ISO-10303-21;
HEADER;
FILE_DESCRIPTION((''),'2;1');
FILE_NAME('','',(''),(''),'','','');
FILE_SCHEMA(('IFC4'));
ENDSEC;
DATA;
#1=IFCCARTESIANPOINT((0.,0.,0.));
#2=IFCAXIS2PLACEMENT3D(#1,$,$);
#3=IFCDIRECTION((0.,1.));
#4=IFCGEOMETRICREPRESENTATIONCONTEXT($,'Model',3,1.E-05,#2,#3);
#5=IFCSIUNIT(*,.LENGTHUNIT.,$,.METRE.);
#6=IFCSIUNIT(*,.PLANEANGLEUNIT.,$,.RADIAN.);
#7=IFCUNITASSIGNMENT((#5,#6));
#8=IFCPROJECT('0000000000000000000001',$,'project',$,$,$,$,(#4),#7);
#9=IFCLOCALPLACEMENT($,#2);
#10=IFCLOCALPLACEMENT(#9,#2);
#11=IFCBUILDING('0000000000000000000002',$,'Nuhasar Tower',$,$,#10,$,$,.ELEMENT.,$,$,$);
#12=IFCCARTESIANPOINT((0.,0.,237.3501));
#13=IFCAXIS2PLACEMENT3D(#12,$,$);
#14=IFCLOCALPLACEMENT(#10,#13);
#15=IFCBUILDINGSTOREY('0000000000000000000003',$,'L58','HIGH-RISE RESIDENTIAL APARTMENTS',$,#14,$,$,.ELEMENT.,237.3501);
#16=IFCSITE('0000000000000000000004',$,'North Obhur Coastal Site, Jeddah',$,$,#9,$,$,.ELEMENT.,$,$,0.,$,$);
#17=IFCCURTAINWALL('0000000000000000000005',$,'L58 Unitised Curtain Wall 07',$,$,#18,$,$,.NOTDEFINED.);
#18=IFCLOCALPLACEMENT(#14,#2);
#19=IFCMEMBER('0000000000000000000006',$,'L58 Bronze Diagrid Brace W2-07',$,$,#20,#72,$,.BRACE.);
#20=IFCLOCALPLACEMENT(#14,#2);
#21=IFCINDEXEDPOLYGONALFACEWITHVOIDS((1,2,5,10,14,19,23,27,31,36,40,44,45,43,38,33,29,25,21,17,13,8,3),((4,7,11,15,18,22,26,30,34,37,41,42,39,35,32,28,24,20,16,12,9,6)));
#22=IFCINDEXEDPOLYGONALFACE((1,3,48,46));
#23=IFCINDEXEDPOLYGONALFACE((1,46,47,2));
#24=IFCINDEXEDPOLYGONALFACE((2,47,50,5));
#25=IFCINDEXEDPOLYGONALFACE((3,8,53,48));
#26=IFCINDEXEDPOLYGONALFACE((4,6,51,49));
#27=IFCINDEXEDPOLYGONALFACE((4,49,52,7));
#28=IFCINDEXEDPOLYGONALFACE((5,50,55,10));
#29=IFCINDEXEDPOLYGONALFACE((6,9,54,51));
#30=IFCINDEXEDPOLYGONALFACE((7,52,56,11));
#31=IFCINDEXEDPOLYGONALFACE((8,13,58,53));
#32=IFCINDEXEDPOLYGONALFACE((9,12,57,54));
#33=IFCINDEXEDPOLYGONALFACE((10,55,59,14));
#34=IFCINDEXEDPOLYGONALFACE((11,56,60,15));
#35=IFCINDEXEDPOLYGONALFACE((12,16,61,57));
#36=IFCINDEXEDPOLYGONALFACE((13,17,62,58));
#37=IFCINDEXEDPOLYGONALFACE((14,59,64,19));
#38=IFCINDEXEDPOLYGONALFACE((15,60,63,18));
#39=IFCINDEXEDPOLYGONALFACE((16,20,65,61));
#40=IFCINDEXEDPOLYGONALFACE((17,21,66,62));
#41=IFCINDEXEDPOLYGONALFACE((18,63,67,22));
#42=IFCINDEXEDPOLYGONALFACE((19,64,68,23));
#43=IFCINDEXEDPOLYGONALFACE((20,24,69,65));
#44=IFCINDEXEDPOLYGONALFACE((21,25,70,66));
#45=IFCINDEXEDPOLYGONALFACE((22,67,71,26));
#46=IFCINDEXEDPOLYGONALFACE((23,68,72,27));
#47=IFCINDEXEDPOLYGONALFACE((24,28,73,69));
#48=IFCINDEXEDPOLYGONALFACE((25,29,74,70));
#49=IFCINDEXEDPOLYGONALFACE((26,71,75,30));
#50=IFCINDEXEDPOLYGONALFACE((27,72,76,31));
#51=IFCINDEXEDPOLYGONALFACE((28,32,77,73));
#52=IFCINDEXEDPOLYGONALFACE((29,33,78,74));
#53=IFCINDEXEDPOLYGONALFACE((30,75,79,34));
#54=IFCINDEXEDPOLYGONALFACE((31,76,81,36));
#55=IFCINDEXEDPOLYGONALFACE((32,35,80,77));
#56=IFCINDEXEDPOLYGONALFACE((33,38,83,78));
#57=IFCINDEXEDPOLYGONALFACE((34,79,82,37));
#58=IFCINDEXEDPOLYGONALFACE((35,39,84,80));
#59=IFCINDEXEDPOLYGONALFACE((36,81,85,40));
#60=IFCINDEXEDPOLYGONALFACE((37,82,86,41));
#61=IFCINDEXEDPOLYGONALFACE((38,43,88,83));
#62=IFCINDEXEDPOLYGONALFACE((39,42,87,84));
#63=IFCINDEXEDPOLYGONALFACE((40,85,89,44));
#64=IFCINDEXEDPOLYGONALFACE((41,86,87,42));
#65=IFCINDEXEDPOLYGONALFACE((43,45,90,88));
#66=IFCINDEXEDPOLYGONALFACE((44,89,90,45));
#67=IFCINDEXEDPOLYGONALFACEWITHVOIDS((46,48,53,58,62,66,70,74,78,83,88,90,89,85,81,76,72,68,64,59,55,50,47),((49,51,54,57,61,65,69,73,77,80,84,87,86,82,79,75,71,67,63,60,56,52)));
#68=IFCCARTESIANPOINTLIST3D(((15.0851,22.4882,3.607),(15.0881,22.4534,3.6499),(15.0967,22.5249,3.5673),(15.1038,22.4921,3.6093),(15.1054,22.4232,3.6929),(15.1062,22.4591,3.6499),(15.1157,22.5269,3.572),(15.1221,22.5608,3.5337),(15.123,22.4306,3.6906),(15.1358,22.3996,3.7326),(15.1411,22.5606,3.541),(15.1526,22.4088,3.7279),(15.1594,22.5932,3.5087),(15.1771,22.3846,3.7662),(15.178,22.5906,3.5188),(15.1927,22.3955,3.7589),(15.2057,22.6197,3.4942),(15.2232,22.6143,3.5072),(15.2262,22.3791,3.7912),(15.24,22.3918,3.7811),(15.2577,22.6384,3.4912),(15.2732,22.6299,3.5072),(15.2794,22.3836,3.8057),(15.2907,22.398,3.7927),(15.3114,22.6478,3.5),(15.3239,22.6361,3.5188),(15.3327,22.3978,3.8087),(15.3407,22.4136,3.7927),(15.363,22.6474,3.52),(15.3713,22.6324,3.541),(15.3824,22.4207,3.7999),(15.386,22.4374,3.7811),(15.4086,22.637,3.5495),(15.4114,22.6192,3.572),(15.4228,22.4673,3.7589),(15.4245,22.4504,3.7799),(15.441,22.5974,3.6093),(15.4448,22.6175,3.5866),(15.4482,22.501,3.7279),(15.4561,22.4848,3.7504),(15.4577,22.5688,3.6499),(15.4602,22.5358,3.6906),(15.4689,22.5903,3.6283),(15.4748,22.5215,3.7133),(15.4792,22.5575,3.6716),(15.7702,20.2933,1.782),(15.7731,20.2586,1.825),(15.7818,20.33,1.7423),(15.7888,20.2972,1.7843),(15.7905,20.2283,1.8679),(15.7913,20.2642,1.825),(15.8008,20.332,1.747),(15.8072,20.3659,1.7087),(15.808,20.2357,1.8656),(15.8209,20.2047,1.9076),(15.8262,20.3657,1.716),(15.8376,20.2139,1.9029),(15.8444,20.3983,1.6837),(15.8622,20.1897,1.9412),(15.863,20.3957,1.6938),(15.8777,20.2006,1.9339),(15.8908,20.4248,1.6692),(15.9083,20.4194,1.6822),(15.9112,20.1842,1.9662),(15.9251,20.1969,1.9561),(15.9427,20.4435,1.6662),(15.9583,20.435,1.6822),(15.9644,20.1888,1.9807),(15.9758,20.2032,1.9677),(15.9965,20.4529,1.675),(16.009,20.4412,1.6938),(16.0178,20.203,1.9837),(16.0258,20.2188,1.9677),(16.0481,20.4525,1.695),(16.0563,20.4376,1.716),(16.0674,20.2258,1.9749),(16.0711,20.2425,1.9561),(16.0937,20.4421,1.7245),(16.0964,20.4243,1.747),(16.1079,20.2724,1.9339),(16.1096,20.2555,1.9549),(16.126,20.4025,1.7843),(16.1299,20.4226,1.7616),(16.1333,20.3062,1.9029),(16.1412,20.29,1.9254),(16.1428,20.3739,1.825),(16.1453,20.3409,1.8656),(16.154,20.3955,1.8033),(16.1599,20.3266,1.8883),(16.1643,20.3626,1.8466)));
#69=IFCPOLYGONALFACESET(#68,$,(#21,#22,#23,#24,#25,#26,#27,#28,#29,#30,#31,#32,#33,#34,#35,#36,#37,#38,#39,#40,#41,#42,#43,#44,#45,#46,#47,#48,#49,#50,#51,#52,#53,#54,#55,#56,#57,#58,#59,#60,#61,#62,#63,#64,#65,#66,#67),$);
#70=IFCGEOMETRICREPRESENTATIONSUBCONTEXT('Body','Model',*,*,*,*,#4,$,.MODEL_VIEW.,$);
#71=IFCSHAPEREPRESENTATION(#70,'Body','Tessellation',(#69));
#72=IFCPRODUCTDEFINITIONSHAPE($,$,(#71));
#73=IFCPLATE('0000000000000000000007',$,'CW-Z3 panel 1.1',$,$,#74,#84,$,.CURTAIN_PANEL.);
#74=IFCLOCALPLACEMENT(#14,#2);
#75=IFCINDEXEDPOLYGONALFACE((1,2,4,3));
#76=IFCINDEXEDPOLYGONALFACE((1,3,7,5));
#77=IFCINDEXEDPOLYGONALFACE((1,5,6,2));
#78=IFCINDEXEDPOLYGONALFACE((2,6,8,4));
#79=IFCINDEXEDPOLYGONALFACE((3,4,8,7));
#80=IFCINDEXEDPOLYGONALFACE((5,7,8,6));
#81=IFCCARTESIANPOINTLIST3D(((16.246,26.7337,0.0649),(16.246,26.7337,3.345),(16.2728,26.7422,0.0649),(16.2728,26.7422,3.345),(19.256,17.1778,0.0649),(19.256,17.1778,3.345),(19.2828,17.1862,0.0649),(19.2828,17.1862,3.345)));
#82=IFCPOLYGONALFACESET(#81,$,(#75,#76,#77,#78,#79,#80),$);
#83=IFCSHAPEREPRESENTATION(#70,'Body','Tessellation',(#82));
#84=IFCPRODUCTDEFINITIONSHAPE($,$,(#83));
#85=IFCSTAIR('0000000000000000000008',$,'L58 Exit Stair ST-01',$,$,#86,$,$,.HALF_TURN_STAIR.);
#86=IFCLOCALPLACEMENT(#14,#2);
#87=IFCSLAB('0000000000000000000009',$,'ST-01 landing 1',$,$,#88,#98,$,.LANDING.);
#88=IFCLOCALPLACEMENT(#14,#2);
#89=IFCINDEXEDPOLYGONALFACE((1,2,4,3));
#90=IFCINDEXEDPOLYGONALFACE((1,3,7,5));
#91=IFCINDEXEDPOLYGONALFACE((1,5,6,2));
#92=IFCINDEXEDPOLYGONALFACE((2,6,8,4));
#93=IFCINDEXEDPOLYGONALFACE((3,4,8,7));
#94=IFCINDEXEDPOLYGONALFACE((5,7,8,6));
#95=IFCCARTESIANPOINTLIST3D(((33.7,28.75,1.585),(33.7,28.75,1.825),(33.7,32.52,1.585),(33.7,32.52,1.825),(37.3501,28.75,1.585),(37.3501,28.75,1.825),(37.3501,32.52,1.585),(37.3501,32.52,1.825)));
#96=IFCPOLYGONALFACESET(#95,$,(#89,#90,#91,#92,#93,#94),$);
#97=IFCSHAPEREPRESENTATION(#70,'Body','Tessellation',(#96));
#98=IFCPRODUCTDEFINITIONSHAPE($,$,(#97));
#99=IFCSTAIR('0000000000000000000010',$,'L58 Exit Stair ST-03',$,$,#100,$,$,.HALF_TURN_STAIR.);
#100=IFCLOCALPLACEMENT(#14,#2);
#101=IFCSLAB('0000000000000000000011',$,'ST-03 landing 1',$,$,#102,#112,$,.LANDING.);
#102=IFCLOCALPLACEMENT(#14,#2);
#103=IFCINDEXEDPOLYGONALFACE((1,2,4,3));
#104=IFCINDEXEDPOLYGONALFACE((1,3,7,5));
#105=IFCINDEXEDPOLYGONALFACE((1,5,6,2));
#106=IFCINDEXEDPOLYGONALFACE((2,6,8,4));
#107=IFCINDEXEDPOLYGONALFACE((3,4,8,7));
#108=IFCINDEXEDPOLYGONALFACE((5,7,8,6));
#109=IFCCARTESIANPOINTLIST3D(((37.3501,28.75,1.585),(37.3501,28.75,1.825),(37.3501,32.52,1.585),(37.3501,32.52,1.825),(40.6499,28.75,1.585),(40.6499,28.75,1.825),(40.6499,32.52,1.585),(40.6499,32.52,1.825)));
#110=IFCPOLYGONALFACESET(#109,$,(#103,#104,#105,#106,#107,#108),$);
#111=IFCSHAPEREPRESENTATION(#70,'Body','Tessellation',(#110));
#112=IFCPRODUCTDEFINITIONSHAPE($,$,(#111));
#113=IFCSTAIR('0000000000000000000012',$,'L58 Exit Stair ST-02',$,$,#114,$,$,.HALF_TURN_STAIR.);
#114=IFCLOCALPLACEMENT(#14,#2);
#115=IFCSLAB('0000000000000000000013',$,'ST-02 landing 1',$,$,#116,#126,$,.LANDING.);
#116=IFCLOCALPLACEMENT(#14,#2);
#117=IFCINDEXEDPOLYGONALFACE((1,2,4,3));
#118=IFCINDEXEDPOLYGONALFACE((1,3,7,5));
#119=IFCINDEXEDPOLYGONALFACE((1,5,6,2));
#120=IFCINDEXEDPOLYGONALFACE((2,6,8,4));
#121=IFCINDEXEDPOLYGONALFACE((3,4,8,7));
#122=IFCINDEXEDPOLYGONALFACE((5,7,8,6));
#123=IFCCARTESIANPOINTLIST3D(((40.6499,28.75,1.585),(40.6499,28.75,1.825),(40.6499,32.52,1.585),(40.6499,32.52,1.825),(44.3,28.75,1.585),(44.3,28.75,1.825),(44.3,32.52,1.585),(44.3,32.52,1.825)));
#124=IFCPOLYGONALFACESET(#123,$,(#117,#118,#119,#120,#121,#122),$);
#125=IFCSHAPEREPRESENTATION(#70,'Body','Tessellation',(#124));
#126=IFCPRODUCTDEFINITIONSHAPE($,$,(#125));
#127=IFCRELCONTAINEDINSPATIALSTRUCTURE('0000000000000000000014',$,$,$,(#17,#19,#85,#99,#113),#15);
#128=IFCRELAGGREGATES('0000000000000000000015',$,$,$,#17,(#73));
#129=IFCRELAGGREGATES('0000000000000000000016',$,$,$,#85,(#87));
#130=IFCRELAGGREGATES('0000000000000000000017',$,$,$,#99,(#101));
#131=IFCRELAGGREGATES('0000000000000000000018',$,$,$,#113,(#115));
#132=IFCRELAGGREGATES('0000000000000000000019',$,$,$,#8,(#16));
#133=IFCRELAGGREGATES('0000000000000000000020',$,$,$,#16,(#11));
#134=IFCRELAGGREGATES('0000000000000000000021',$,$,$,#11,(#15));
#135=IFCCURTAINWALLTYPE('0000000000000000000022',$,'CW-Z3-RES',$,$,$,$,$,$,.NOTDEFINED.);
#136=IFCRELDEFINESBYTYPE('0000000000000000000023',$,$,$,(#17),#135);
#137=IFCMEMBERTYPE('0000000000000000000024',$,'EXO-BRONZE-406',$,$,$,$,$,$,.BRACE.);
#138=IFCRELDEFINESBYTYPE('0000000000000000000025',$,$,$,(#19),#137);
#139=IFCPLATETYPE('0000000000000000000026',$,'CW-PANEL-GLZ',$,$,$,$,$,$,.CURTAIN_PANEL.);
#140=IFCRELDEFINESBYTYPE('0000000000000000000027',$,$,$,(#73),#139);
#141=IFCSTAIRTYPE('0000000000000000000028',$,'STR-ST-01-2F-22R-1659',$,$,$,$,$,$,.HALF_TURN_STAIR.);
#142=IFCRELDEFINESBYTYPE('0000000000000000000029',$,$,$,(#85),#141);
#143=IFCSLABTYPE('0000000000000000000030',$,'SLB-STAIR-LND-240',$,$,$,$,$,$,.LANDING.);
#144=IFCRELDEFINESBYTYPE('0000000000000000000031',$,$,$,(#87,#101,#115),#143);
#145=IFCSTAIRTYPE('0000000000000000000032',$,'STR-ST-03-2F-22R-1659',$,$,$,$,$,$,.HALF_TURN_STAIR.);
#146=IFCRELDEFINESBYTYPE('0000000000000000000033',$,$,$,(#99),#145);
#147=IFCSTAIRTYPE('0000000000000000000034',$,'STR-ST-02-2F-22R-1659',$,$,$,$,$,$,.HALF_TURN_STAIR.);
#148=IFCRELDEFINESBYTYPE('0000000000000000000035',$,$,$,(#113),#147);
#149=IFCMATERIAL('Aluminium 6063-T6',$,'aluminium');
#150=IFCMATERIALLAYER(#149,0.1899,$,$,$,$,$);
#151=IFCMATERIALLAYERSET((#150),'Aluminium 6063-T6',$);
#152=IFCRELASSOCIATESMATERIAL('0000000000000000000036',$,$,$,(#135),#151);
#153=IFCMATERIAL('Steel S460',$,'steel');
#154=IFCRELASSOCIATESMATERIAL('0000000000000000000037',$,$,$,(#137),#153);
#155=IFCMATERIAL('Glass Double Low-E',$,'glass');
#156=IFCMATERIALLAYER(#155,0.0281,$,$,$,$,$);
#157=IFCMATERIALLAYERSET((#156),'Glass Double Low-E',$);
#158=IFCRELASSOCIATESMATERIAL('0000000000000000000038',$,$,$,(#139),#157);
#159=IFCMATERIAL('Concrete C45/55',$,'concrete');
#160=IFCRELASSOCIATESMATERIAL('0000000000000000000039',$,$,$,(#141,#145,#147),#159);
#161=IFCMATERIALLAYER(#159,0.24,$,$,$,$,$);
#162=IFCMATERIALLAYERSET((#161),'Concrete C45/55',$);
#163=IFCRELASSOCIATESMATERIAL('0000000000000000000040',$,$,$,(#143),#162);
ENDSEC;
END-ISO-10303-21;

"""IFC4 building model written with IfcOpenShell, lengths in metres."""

from ifc_helpers import new_model, si_unit, direction, frame, origin, origin_2d, place, context, subcontext, project, spatial, polyline, rectangle, hollow_circle, outline, extrude, material, layer, layer_set, material_profile, profile_set, type_object, element, aggregate, save


model = new_model("IFC4")

# Units and contexts
model_context = context("Model", 3, precision=1e-05, world=origin(), true_north=direction((0.0, 1.0)))
body_context = subcontext(model_context, "Body", "Model", "MODEL_VIEW")
ifc_project = project(units=[si_unit("LENGTHUNIT", "METRE"), si_unit("PLANEANGLEUNIT", "RADIAN")], contexts=[model_context])

# Site, building, storey
site_placement = place(None, origin())
site = spatial("IfcSite", under=ifc_project, at=site_placement, Name="North Obhur Coastal Site, Jeddah", CompositionType="ELEMENT", RefElevation=0.0)
building_placement = place(site_placement, origin())
building = spatial("IfcBuilding", under=site, at=building_placement, Name="Nuhasar Tower", CompositionType="ELEMENT")
storey_placement = place(building_placement, frame((0.0, 0.0, 237.3501)))
storey = spatial("IfcBuildingStorey", under=building, at=storey_placement, Name="L58", Description="HIGH-RISE RESIDENTIAL APARTMENTS", CompositionType="ELEMENT", Elevation=237.3501)

# Curtain wall
ifc_material_1 = material(Name="Aluminium 6063-T6", Category="aluminium")
ifc_layer_1 = layer(ifc_material_1, 0.1899)
ifc_layer_set_1 = layer_set([ifc_layer_1], Name="Aluminium 6063-T6")
curtain_wall_type = type_object("IfcCurtainWallType", Name="CW-Z3-RES", PredefinedType="NOTDEFINED", material=ifc_layer_set_1)
curtain_wall_1_placement = place(storey_placement, origin())
curtain_wall_1 = element("IfcCurtainWall", 1, at=curtain_wall_1_placement, inside=storey, type_object=curtain_wall_type, Name="L58 Unitised Curtain Wall 07", PredefinedType="NOTDEFINED")

# Member
ifc_material_2 = material(Name="Steel S460", Category="steel")
ifc_material_profile_1 = material_profile(ifc_material_2, hollow_circle(Radius=0.2031, WallThickness=0.019, at=origin_2d()), Name="HSS406.4X19.1")
ifc_profile_set_1 = profile_set([ifc_material_profile_1], Name="Steel S460")
member_type_1 = type_object("IfcMemberType", Name="EXO-BRONZE-406", PredefinedType="BRACE", material=ifc_profile_set_1)
for number, where, z_axis, x_axis, name in (
    (2, (15.967, 20.3191, 1.825), (-0.233372, 0.74769, 0.621689), (-0.954582, -0.297948, 0.0), "L58 Bronze Diagrid Brace W2-07"),
):
    element("IfcMember", number, at=place(storey_placement, frame(where, z_axis=z_axis, x_axis=x_axis)), inside=storey, type_object=member_type_1, Name=name, PredefinedType="BRACE", context=body_context, shape_type="SweptSolid", body=[
        extrude(hollow_circle(Radius=0.2031, WallThickness=0.019, at=origin_2d()), origin(), (0.0, 0.0, 1.0), 2.9355),
    ])

# Plate
ifc_material_3 = material(Name="Glass Double Low-E", Category="glass")
ifc_layer_2 = layer(ifc_material_3, 0.0281)
ifc_layer_set_2 = layer_set([ifc_layer_2], Name="Glass Double Low-E")
plate_type = type_object("IfcPlateType", Name="CW-PANEL-GLZ", PredefinedType="CURTAIN_PANEL", material=ifc_layer_set_2)
plate_placement = place(storey_placement, frame((17.7644, 21.96, 0.0649), z_axis=(0.0, 0.0, 1.0), x_axis=(0.300429, -0.953804, 0.0)))
plate = element("IfcPlate", 3, at=plate_placement, type_object=plate_type, Name="CW-Z3 panel 1.1", PredefinedType="CURTAIN_PANEL", context=body_context, shape_type="SweptSolid", body=[
    extrude(rectangle(XDim=10.0188, YDim=0.0281, at=origin_2d()), origin(), (0.0, 0.0, 1.0), 3.28),
])
aggregate(curtain_wall_1, [plate])

# Stairs, slabs
ifc_material_4 = material(Name="Concrete C45/55", Category="concrete")
stair_type_1 = type_object("IfcStairType", Name="STR-ST-01-2F-22R-1659", PredefinedType="HALF_TURN_STAIR", material=ifc_material_4)
stair_1_placement = place(storey_placement, origin())
stair_1 = element("IfcStair", 4, at=stair_1_placement, inside=storey, type_object=stair_type_1, Name="L58 Exit Stair ST-01", PredefinedType="HALF_TURN_STAIR")
ifc_layer_3 = layer(ifc_material_4, 0.24)
ifc_layer_set_3 = layer_set([ifc_layer_3], Name="Concrete C45/55")
slab_type_1 = type_object("IfcSlabType", Name="SLB-STAIR-LND-240", PredefinedType="LANDING", material=ifc_layer_set_3)
slab_1_placement = place(storey_placement, frame((0.0, 0.0, 1.585)))
slab_1 = element("IfcSlab", 5, at=slab_1_placement, type_object=slab_type_1, Name="ST-01 landing 1", PredefinedType="LANDING", context=body_context, shape_type="SweptSolid", body=[
    extrude(outline(polyline([(33.7, 28.75), (37.3501, 28.75), (37.3501, 32.52), (33.7, 32.52), (33.7, 28.75)])), origin(), (0.0, 0.0, 1.0), 0.24),
])
aggregate(stair_1, [slab_1])
stair_type_2 = type_object("IfcStairType", Name="STR-ST-03-2F-22R-1659", PredefinedType="HALF_TURN_STAIR", material=ifc_material_4)
stair_2_placement = place(storey_placement, origin())
stair_2 = element("IfcStair", 6, at=stair_2_placement, inside=storey, type_object=stair_type_2, Name="L58 Exit Stair ST-03", PredefinedType="HALF_TURN_STAIR")
slab_2_placement = place(storey_placement, frame((0.0, 0.0, 1.585)))
slab_2 = element("IfcSlab", 7, at=slab_2_placement, type_object=slab_type_1, Name="ST-03 landing 1", PredefinedType="LANDING", context=body_context, shape_type="SweptSolid", body=[
    extrude(outline(polyline([(37.3501, 28.75), (40.6499, 28.75), (40.6499, 32.52), (37.3501, 32.52), (37.3501, 28.75)])), origin(), (0.0, 0.0, 1.0), 0.24),
])
aggregate(stair_2, [slab_2])
stair_type_3 = type_object("IfcStairType", Name="STR-ST-02-2F-22R-1659", PredefinedType="HALF_TURN_STAIR", material=ifc_material_4)
stair_3_placement = place(storey_placement, origin())
stair_3 = element("IfcStair", 8, at=stair_3_placement, inside=storey, type_object=stair_type_3, Name="L58 Exit Stair ST-02", PredefinedType="HALF_TURN_STAIR")
slab_3_placement = place(storey_placement, frame((0.0, 0.0, 1.585)))
slab_3 = element("IfcSlab", 9, at=slab_3_placement, type_object=slab_type_1, Name="ST-02 landing 1", PredefinedType="LANDING", context=body_context, shape_type="SweptSolid", body=[
    extrude(outline(polyline([(40.6499, 28.75), (44.3, 28.75), (44.3, 32.52), (40.6499, 32.52), (40.6499, 28.75)])), origin(), (0.0, 0.0, 1.0), 0.24),
])
aggregate(stair_3, [slab_3])

save(model, "model.ifc")
